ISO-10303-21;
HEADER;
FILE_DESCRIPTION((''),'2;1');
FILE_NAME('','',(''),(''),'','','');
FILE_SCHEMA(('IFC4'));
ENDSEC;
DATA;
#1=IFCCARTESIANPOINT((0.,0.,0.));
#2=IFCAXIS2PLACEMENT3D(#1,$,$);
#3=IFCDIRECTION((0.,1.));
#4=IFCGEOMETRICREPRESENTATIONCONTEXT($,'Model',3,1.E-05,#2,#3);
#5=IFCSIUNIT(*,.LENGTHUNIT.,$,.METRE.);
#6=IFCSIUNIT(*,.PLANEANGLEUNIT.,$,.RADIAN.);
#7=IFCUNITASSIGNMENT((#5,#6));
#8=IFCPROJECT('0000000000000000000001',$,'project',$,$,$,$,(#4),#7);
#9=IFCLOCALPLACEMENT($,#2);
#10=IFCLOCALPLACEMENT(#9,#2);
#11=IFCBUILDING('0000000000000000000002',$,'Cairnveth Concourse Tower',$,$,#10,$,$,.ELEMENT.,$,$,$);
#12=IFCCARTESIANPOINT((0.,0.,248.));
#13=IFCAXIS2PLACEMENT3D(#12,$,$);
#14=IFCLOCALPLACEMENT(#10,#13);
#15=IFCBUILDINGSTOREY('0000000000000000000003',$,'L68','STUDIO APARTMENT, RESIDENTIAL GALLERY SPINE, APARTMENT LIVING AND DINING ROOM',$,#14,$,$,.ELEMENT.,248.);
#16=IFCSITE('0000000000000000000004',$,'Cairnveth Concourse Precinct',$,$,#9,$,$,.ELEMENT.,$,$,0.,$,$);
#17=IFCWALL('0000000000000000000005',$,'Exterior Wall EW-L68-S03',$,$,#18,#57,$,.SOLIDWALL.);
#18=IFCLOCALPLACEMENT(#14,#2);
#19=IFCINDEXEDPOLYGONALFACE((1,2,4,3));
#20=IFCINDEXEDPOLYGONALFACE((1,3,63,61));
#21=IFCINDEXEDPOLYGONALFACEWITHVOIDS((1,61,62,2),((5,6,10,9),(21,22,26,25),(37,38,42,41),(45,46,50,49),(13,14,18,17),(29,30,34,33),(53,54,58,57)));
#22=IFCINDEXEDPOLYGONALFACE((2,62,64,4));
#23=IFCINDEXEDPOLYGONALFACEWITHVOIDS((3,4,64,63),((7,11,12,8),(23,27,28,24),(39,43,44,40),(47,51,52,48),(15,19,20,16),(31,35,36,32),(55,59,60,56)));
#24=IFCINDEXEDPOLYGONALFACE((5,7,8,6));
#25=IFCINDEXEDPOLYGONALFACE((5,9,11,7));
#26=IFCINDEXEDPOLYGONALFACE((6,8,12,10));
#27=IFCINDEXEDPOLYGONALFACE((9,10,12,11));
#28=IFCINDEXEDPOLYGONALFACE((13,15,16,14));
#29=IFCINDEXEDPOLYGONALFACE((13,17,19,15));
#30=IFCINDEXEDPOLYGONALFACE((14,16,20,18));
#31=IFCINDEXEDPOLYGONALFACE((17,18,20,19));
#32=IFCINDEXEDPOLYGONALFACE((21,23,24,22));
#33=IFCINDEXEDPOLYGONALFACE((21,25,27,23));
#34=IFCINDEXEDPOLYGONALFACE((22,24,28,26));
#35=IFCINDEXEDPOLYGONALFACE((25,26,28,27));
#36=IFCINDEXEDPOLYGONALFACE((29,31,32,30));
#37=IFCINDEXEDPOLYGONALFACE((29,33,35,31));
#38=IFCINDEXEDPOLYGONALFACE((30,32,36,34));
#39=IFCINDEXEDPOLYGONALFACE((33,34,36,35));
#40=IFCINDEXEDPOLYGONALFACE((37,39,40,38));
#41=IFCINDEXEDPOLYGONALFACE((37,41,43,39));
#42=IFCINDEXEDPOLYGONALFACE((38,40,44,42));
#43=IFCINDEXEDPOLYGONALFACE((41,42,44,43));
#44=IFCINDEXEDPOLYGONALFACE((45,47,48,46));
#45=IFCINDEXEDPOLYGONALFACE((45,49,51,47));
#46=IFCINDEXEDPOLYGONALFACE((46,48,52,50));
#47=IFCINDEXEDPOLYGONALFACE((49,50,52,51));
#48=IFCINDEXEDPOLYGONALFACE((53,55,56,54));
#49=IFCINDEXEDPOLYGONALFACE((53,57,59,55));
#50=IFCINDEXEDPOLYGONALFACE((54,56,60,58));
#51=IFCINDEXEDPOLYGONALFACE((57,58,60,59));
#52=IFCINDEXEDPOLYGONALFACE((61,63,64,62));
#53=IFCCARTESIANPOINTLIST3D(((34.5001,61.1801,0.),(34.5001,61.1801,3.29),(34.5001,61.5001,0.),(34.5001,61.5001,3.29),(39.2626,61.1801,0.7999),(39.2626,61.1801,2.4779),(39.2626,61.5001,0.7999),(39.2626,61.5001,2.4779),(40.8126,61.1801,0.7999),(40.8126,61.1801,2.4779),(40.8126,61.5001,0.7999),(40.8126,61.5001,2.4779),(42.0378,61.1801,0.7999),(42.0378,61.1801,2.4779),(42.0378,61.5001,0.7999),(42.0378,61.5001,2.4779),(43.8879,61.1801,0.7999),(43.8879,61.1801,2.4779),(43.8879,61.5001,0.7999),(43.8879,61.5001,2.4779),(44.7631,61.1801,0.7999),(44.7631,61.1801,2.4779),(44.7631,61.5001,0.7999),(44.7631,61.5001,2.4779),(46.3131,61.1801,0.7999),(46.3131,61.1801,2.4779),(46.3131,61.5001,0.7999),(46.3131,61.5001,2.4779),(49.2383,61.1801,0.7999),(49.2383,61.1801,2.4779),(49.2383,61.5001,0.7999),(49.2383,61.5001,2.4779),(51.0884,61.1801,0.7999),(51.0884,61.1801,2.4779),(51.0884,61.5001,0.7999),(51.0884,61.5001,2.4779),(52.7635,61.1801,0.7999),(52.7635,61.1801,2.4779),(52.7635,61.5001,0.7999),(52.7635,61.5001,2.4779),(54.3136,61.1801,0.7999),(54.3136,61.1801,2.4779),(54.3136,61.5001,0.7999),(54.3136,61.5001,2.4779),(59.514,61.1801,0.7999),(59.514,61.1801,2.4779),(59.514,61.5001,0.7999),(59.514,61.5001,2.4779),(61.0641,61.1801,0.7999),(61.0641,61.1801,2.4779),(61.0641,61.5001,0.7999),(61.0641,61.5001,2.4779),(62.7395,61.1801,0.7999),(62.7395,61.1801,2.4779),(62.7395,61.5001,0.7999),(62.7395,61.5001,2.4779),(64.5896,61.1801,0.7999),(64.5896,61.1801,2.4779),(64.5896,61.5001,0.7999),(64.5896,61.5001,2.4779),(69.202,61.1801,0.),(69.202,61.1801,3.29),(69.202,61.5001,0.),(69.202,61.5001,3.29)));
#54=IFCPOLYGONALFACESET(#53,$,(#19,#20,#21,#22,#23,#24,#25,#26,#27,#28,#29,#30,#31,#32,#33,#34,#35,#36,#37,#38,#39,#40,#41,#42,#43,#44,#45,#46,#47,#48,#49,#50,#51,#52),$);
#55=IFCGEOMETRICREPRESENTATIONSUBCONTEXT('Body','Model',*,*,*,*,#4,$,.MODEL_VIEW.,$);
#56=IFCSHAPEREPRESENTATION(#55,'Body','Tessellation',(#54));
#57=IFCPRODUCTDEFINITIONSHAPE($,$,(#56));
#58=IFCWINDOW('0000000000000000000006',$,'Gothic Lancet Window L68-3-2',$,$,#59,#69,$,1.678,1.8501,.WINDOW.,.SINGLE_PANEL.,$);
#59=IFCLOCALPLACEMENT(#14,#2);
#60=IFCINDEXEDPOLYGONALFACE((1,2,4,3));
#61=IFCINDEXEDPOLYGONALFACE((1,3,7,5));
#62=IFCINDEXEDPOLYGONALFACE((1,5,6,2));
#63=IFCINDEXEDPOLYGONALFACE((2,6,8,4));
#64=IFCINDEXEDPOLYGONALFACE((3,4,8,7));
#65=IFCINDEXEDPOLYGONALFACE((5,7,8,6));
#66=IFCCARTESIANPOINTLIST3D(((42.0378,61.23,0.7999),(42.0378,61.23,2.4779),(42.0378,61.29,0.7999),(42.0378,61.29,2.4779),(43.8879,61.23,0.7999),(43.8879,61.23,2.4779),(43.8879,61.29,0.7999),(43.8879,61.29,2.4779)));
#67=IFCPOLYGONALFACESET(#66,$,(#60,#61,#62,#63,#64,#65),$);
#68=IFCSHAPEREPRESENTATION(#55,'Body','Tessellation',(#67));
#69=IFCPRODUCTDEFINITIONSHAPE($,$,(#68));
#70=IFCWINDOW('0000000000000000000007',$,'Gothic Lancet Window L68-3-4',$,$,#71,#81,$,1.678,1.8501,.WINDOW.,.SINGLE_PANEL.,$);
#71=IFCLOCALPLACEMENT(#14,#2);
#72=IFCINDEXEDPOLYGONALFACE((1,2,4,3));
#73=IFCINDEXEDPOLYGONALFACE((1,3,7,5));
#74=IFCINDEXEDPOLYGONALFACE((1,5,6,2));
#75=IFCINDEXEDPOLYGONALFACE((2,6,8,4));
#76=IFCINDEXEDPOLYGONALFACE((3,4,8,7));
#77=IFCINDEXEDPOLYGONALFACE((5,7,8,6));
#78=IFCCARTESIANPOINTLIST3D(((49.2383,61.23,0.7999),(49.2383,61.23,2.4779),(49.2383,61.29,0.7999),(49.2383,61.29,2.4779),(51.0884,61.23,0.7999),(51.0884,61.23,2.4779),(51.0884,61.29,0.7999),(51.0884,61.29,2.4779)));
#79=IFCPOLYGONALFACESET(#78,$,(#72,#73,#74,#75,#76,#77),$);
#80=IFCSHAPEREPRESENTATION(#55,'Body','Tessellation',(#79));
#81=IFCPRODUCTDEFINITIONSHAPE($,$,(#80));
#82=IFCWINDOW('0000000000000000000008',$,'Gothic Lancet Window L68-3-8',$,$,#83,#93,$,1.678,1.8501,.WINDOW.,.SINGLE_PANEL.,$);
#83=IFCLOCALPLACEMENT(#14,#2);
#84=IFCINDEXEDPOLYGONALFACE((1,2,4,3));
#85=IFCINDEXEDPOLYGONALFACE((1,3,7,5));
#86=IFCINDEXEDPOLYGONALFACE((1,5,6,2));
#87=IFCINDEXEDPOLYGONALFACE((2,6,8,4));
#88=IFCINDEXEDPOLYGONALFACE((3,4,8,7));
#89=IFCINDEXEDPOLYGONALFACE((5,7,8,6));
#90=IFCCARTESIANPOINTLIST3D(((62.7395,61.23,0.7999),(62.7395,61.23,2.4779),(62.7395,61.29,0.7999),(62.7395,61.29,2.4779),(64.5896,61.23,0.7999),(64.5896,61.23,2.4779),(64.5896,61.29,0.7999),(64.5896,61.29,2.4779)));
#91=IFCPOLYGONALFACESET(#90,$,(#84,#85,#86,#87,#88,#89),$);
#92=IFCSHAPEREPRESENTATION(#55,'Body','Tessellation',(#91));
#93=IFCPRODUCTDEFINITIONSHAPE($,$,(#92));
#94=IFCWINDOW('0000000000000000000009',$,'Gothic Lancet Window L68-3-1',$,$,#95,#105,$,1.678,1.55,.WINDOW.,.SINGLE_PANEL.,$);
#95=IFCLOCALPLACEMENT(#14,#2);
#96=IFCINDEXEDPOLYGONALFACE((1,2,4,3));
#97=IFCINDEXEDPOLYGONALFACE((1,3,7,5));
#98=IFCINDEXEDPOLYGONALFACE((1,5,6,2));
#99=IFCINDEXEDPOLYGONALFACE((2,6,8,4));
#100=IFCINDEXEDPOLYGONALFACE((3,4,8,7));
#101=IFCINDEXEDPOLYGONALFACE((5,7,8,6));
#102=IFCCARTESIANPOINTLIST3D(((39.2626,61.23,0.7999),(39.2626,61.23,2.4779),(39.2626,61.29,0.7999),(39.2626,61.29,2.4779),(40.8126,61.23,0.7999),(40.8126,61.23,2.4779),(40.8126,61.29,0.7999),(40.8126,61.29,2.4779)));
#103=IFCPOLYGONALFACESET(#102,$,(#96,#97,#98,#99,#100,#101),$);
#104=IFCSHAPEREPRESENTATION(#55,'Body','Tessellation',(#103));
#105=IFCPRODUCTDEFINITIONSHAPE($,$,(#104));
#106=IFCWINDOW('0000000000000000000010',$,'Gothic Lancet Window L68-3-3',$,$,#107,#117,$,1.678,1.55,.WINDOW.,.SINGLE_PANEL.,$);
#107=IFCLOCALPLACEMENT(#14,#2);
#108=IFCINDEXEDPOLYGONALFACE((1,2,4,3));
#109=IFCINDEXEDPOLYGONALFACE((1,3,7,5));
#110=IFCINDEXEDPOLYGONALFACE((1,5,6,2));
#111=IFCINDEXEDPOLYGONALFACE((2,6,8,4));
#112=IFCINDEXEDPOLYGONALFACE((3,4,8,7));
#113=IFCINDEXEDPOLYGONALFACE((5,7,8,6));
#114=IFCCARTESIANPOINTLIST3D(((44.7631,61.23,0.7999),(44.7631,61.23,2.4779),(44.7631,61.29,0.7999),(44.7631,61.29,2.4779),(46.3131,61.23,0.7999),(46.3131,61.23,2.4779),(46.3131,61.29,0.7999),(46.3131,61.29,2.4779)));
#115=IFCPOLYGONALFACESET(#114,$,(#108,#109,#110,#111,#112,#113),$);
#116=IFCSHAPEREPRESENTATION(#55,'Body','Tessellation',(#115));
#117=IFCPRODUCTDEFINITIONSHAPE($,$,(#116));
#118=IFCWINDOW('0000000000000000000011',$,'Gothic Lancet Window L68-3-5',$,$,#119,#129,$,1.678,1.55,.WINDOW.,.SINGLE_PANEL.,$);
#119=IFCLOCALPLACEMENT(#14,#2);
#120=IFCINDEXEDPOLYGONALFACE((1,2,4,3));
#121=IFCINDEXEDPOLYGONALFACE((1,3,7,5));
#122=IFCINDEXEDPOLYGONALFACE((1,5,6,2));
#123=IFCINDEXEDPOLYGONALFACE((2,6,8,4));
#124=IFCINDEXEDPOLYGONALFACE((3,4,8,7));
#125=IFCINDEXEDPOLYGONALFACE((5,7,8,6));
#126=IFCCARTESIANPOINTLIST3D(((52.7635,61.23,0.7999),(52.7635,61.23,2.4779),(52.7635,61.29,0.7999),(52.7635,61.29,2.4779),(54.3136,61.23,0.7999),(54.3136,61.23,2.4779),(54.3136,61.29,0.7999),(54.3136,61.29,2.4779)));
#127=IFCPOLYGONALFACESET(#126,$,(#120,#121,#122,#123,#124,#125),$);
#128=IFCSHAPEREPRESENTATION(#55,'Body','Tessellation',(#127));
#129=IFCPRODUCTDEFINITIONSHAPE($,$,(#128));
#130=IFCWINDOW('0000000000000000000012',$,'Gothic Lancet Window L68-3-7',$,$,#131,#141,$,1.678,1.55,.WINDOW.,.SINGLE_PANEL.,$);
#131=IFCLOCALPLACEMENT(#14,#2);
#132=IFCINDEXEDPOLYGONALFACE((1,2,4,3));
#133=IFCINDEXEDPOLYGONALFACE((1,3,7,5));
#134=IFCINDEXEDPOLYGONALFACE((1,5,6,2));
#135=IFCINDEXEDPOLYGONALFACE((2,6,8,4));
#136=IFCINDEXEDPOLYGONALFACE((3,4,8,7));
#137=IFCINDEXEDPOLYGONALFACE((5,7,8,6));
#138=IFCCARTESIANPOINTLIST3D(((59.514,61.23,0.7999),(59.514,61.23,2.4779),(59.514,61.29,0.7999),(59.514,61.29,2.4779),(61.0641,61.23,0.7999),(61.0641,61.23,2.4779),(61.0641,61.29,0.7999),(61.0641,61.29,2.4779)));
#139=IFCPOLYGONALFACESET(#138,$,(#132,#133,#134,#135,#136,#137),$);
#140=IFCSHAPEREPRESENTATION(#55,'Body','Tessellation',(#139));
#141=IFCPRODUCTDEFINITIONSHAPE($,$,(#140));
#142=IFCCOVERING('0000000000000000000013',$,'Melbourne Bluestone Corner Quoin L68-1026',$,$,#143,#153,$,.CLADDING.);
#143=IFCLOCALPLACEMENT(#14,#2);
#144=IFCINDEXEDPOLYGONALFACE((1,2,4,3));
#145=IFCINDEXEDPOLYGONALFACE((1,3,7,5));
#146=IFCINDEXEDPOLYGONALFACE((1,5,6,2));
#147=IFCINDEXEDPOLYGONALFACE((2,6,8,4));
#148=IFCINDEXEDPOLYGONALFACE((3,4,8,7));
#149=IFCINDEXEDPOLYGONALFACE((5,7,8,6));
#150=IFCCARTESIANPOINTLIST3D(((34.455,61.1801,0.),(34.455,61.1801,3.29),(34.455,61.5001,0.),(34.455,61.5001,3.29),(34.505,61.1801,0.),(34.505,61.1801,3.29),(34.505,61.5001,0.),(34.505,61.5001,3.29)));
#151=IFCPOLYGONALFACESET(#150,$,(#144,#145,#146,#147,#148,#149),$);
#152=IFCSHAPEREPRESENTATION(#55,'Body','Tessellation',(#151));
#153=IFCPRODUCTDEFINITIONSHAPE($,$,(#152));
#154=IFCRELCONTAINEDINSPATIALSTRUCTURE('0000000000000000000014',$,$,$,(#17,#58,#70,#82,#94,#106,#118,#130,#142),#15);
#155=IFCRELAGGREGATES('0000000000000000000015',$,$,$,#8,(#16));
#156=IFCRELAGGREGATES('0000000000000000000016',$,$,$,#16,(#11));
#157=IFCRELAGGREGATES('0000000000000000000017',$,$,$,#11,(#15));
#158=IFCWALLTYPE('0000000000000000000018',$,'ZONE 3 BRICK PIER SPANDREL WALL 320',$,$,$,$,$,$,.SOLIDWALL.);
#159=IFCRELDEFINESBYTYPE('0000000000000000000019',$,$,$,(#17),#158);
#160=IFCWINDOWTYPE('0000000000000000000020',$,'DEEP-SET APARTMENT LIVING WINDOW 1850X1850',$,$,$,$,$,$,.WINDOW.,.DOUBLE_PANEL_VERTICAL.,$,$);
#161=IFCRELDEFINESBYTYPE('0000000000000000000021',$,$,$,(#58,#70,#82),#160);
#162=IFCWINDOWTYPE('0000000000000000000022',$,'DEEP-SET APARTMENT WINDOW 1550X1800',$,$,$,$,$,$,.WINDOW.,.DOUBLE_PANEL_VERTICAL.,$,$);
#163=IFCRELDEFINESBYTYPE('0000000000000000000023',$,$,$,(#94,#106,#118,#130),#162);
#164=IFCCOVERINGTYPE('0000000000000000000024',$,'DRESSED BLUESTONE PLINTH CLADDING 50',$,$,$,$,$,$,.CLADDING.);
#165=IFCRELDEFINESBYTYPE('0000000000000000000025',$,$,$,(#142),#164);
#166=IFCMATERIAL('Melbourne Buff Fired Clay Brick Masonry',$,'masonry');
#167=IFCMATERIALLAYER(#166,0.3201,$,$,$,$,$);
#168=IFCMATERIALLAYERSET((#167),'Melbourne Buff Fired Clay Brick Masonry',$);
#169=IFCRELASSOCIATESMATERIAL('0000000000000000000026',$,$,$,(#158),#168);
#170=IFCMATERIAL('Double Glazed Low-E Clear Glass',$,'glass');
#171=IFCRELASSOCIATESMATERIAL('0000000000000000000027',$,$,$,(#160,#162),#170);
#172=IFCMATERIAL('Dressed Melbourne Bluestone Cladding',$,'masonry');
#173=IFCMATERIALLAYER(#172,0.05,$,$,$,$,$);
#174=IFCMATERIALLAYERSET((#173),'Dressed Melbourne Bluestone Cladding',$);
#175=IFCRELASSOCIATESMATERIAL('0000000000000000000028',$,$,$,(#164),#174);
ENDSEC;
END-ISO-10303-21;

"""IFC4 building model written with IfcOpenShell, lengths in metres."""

from ifc_helpers import new_model, si_unit, direction, frame, frame_2d, origin, place, context, subcontext, project, spatial, rectangle, extrude, material, layer, layer_set, type_object, element, fill, save


model = new_model("IFC4")

# Units and contexts
model_context = context("Model", 3, precision=1e-05, world=origin(), true_north=direction((0.0, 1.0)))
body_context = subcontext(model_context, "Body", "Model", "MODEL_VIEW")
ifc_project = project(units=[si_unit("LENGTHUNIT", "METRE"), si_unit("PLANEANGLEUNIT", "RADIAN")], contexts=[model_context])

# Site, building, storey
site_placement = place(None, origin())
site = spatial("IfcSite", under=ifc_project, at=site_placement, Name="Cairnveth Concourse Precinct", CompositionType="ELEMENT", RefElevation=0.0)
building_placement = place(site_placement, origin())
building = spatial("IfcBuilding", under=site, at=building_placement, Name="Cairnveth Concourse Tower", CompositionType="ELEMENT")
storey_placement = place(building_placement, frame((0.0, 0.0, 248.0)))
storey = spatial("IfcBuildingStorey", under=building, at=storey_placement, Name="L68", Description="STUDIO APARTMENT, RESIDENTIAL GALLERY SPINE, APARTMENT LIVING AND DINING ROOM", CompositionType="ELEMENT", Elevation=248.0)

# Wall, openings, windows
ifc_material_1 = material(Name="Melbourne Buff Fired Clay Brick Masonry", Category="masonry")
ifc_layer_1 = layer(ifc_material_1, 0.3201)
ifc_layer_set_1 = layer_set([ifc_layer_1], Name="Melbourne Buff Fired Clay Brick Masonry")
wall_type = type_object("IfcWallType", Name="ZONE 3 BRICK PIER SPANDREL WALL 320", PredefinedType="SOLIDWALL", material=ifc_layer_set_1)
wall_placement = place(storey_placement, frame((34.5, 61.3401, 0.0), z_axis=(0.0, 0.0, 1.0), x_axis=(1.0, 0.0, 0.0)))
wall = element("IfcWall", 1, at=wall_placement, inside=storey, type_object=wall_type, Name="Exterior Wall EW-L68-S03", PredefinedType="SOLIDWALL", context=body_context, shape_type="SweptSolid", body=[
    extrude(rectangle(XDim=34.7019, YDim=0.3201, at=frame_2d((17.3511, 0.0))), origin(), (0.0, 0.0, 1.0), 3.29),
])
opening_1_placement = place(wall_placement, frame((4.7627, 0.0, 0.8)))
opening_1 = element("IfcOpeningElement", 2, at=opening_1_placement, cuts=wall, PredefinedType="OPENING", context=body_context, shape_type="SweptSolid", body=[
    extrude(rectangle(XDim=1.55, YDim=1.678, at=frame_2d((0.7749, 0.8389))), frame((0.0, 0.1699, 0.0), z_axis=(0.0, -1.0, 0.0), x_axis=(1.0, 0.0, 0.0)), (0.0, 0.0, 1.0), 0.3401),
])
opening_2_placement = place(wall_placement, frame((7.5378, 0.0, 0.8)))
opening_2 = element("IfcOpeningElement", 3, at=opening_2_placement, cuts=wall, PredefinedType="OPENING", context=body_context, shape_type="SweptSolid", body=[
    extrude(rectangle(XDim=1.8501, YDim=1.678, at=frame_2d((0.925, 0.8389))), frame((0.0, 0.1699, 0.0), z_axis=(0.0, -1.0, 0.0), x_axis=(1.0, 0.0, 0.0)), (0.0, 0.0, 1.0), 0.3401),
])
opening_3_placement = place(wall_placement, frame((10.2632, 0.0, 0.8)))
opening_3 = element("IfcOpeningElement", 4, at=opening_3_placement, cuts=wall, PredefinedType="OPENING", context=body_context, shape_type="SweptSolid", body=[
    extrude(rectangle(XDim=1.55, YDim=1.678, at=frame_2d((0.7749, 0.8389))), frame((0.0, 0.1699, 0.0), z_axis=(0.0, -1.0, 0.0), x_axis=(1.0, 0.0, 0.0)), (0.0, 0.0, 1.0), 0.3401),
])
opening_4_placement = place(wall_placement, frame((14.7383, 0.0, 0.8)))
opening_4 = element("IfcOpeningElement", 5, at=opening_4_placement, cuts=wall, PredefinedType="OPENING", context=body_context, shape_type="SweptSolid", body=[
    extrude(rectangle(XDim=1.8501, YDim=1.678, at=frame_2d((0.925, 0.8389))), frame((0.0, 0.1699, 0.0), z_axis=(0.0, -1.0, 0.0), x_axis=(1.0, 0.0, 0.0)), (0.0, 0.0, 1.0), 0.3401),
])
opening_5_placement = place(wall_placement, frame((18.2637, 0.0, 0.8)))
opening_5 = element("IfcOpeningElement", 6, at=opening_5_placement, cuts=wall, PredefinedType="OPENING", context=body_context, shape_type="SweptSolid", body=[
    extrude(rectangle(XDim=1.55, YDim=1.678, at=frame_2d((0.7749, 0.8389))), frame((0.0, 0.1699, 0.0), z_axis=(0.0, -1.0, 0.0), x_axis=(1.0, 0.0, 0.0)), (0.0, 0.0, 1.0), 0.3401),
])
opening_6_placement = place(wall_placement, frame((25.0142, 0.0, 0.8)))
opening_6 = element("IfcOpeningElement", 7, at=opening_6_placement, cuts=wall, PredefinedType="OPENING", context=body_context, shape_type="SweptSolid", body=[
    extrude(rectangle(XDim=1.55, YDim=1.678, at=frame_2d((0.7749, 0.8389))), frame((0.0, 0.1699, 0.0), z_axis=(0.0, -1.0, 0.0), x_axis=(1.0, 0.0, 0.0)), (0.0, 0.0, 1.0), 0.3401),
])
opening_7_placement = place(wall_placement, frame((28.2395, 0.0, 0.8)))
opening_7 = element("IfcOpeningElement", 8, at=opening_7_placement, cuts=wall, PredefinedType="OPENING", context=body_context, shape_type="SweptSolid", body=[
    extrude(rectangle(XDim=1.8501, YDim=1.678, at=frame_2d((0.925, 0.8389))), frame((0.0, 0.1699, 0.0), z_axis=(0.0, -1.0, 0.0), x_axis=(1.0, 0.0, 0.0)), (0.0, 0.0, 1.0), 0.3401),
])
ifc_material_2 = material(Name="Double Glazed Low-E Clear Glass", Category="glass")
window_type_1 = type_object("IfcWindowType", Name="DEEP-SET APARTMENT LIVING WINDOW 1850X1850", PartitioningType="DOUBLE_PANEL_VERTICAL", PredefinedType="WINDOW", material=ifc_material_2)
window_1_placement = place(opening_2_placement, origin())
window_1 = element("IfcWindow", 9, at=window_1_placement, inside=storey, type_object=window_type_1, Name="Gothic Lancet Window L68-3-2", OverallHeight=1.678, OverallWidth=1.8501, PartitioningType="SINGLE_PANEL", PredefinedType="WINDOW", context=body_context, shape_type="SweptSolid", body=[
    extrude(rectangle(XDim=1.8501, YDim=1.678, at=frame_2d((0.925, 0.8389))), frame((0.0, -0.05, 0.0), z_axis=(0.0, -1.0, 0.0), x_axis=(1.0, 0.0, 0.0)), (0.0, 0.0, 1.0), 0.0601),
])
fill(opening_2, window_1)
window_2_placement = place(opening_4_placement, origin())
window_2 = element("IfcWindow", 10, at=window_2_placement, inside=storey, type_object=window_type_1, Name="Gothic Lancet Window L68-3-4", OverallHeight=1.678, OverallWidth=1.8501, PartitioningType="SINGLE_PANEL", PredefinedType="WINDOW", context=body_context, shape_type="SweptSolid", body=[
    extrude(rectangle(XDim=1.8501, YDim=1.678, at=frame_2d((0.925, 0.8389))), frame((0.0, -0.05, 0.0), z_axis=(0.0, -1.0, 0.0), x_axis=(1.0, 0.0, 0.0)), (0.0, 0.0, 1.0), 0.0601),
])
fill(opening_4, window_2)
window_3_placement = place(opening_7_placement, origin())
window_3 = element("IfcWindow", 11, at=window_3_placement, inside=storey, type_object=window_type_1, Name="Gothic Lancet Window L68-3-8", OverallHeight=1.678, OverallWidth=1.8501, PartitioningType="SINGLE_PANEL", PredefinedType="WINDOW", context=body_context, shape_type="SweptSolid", body=[
    extrude(rectangle(XDim=1.8501, YDim=1.678, at=frame_2d((0.925, 0.8389))), frame((0.0, -0.05, 0.0), z_axis=(0.0, -1.0, 0.0), x_axis=(1.0, 0.0, 0.0)), (0.0, 0.0, 1.0), 0.0601),
])
fill(opening_7, window_3)
window_type_2 = type_object("IfcWindowType", Name="DEEP-SET APARTMENT WINDOW 1550X1800", PartitioningType="DOUBLE_PANEL_VERTICAL", PredefinedType="WINDOW", material=ifc_material_2)
window_4_placement = place(opening_1_placement, origin())
window_4 = element("IfcWindow", 12, at=window_4_placement, inside=storey, type_object=window_type_2, Name="Gothic Lancet Window L68-3-1", OverallHeight=1.678, OverallWidth=1.55, PartitioningType="SINGLE_PANEL", PredefinedType="WINDOW", context=body_context, shape_type="SweptSolid", body=[
    extrude(rectangle(XDim=1.55, YDim=1.678, at=frame_2d((0.7749, 0.8389))), frame((0.0, -0.05, 0.0), z_axis=(0.0, -1.0, 0.0), x_axis=(1.0, 0.0, 0.0)), (0.0, 0.0, 1.0), 0.0601),
])
fill(opening_1, window_4)
window_5_placement = place(opening_3_placement, origin())
window_5 = element("IfcWindow", 13, at=window_5_placement, inside=storey, type_object=window_type_2, Name="Gothic Lancet Window L68-3-3", OverallHeight=1.678, OverallWidth=1.55, PartitioningType="SINGLE_PANEL", PredefinedType="WINDOW", context=body_context, shape_type="SweptSolid", body=[
    extrude(rectangle(XDim=1.55, YDim=1.678, at=frame_2d((0.7749, 0.8389))), frame((0.0, -0.05, 0.0), z_axis=(0.0, -1.0, 0.0), x_axis=(1.0, 0.0, 0.0)), (0.0, 0.0, 1.0), 0.0601),
])
fill(opening_3, window_5)
window_6_placement = place(opening_5_placement, origin())
window_6 = element("IfcWindow", 14, at=window_6_placement, inside=storey, type_object=window_type_2, Name="Gothic Lancet Window L68-3-5", OverallHeight=1.678, OverallWidth=1.55, PartitioningType="SINGLE_PANEL", PredefinedType="WINDOW", context=body_context, shape_type="SweptSolid", body=[
    extrude(rectangle(XDim=1.55, YDim=1.678, at=frame_2d((0.7749, 0.8389))), frame((0.0, -0.05, 0.0), z_axis=(0.0, -1.0, 0.0), x_axis=(1.0, 0.0, 0.0)), (0.0, 0.0, 1.0), 0.0601),
])
fill(opening_5, window_6)
window_7_placement = place(opening_6_placement, origin())
window_7 = element("IfcWindow", 15, at=window_7_placement, inside=storey, type_object=window_type_2, Name="Gothic Lancet Window L68-3-7", OverallHeight=1.678, OverallWidth=1.55, PartitioningType="SINGLE_PANEL", PredefinedType="WINDOW", context=body_context, shape_type="SweptSolid", body=[
    extrude(rectangle(XDim=1.55, YDim=1.678, at=frame_2d((0.7749, 0.8389))), frame((0.0, -0.05, 0.0), z_axis=(0.0, -1.0, 0.0), x_axis=(1.0, 0.0, 0.0)), (0.0, 0.0, 1.0), 0.0601),
])
fill(opening_6, window_7)

# Covering
ifc_material_3 = material(Name="Dressed Melbourne Bluestone Cladding", Category="masonry")
ifc_layer_2 = layer(ifc_material_3, 0.05)
ifc_layer_set_2 = layer_set([ifc_layer_2], Name="Dressed Melbourne Bluestone Cladding")
covering_type = type_object("IfcCoveringType", Name="DRESSED BLUESTONE PLINTH CLADDING 50", PredefinedType="CLADDING", material=ifc_layer_set_2)
covering_placement = place(storey_placement, frame((34.48, 61.1799, 0.0), z_axis=(0.0, 0.0, 1.0), x_axis=(0.0, 1.0, 0.0)))
element("IfcCovering", 16, at=covering_placement, inside=storey, type_object=covering_type, Name="Melbourne Bluestone Corner Quoin L68-1026", PredefinedType="CLADDING", context=body_context, shape_type="SweptSolid", body=[
    extrude(rectangle(XDim=0.3201, YDim=0.05, at=frame_2d((0.1602, 0.0))), origin(), (0.0, 0.0, 1.0), 3.29),
])

save(model, "model.ifc")
